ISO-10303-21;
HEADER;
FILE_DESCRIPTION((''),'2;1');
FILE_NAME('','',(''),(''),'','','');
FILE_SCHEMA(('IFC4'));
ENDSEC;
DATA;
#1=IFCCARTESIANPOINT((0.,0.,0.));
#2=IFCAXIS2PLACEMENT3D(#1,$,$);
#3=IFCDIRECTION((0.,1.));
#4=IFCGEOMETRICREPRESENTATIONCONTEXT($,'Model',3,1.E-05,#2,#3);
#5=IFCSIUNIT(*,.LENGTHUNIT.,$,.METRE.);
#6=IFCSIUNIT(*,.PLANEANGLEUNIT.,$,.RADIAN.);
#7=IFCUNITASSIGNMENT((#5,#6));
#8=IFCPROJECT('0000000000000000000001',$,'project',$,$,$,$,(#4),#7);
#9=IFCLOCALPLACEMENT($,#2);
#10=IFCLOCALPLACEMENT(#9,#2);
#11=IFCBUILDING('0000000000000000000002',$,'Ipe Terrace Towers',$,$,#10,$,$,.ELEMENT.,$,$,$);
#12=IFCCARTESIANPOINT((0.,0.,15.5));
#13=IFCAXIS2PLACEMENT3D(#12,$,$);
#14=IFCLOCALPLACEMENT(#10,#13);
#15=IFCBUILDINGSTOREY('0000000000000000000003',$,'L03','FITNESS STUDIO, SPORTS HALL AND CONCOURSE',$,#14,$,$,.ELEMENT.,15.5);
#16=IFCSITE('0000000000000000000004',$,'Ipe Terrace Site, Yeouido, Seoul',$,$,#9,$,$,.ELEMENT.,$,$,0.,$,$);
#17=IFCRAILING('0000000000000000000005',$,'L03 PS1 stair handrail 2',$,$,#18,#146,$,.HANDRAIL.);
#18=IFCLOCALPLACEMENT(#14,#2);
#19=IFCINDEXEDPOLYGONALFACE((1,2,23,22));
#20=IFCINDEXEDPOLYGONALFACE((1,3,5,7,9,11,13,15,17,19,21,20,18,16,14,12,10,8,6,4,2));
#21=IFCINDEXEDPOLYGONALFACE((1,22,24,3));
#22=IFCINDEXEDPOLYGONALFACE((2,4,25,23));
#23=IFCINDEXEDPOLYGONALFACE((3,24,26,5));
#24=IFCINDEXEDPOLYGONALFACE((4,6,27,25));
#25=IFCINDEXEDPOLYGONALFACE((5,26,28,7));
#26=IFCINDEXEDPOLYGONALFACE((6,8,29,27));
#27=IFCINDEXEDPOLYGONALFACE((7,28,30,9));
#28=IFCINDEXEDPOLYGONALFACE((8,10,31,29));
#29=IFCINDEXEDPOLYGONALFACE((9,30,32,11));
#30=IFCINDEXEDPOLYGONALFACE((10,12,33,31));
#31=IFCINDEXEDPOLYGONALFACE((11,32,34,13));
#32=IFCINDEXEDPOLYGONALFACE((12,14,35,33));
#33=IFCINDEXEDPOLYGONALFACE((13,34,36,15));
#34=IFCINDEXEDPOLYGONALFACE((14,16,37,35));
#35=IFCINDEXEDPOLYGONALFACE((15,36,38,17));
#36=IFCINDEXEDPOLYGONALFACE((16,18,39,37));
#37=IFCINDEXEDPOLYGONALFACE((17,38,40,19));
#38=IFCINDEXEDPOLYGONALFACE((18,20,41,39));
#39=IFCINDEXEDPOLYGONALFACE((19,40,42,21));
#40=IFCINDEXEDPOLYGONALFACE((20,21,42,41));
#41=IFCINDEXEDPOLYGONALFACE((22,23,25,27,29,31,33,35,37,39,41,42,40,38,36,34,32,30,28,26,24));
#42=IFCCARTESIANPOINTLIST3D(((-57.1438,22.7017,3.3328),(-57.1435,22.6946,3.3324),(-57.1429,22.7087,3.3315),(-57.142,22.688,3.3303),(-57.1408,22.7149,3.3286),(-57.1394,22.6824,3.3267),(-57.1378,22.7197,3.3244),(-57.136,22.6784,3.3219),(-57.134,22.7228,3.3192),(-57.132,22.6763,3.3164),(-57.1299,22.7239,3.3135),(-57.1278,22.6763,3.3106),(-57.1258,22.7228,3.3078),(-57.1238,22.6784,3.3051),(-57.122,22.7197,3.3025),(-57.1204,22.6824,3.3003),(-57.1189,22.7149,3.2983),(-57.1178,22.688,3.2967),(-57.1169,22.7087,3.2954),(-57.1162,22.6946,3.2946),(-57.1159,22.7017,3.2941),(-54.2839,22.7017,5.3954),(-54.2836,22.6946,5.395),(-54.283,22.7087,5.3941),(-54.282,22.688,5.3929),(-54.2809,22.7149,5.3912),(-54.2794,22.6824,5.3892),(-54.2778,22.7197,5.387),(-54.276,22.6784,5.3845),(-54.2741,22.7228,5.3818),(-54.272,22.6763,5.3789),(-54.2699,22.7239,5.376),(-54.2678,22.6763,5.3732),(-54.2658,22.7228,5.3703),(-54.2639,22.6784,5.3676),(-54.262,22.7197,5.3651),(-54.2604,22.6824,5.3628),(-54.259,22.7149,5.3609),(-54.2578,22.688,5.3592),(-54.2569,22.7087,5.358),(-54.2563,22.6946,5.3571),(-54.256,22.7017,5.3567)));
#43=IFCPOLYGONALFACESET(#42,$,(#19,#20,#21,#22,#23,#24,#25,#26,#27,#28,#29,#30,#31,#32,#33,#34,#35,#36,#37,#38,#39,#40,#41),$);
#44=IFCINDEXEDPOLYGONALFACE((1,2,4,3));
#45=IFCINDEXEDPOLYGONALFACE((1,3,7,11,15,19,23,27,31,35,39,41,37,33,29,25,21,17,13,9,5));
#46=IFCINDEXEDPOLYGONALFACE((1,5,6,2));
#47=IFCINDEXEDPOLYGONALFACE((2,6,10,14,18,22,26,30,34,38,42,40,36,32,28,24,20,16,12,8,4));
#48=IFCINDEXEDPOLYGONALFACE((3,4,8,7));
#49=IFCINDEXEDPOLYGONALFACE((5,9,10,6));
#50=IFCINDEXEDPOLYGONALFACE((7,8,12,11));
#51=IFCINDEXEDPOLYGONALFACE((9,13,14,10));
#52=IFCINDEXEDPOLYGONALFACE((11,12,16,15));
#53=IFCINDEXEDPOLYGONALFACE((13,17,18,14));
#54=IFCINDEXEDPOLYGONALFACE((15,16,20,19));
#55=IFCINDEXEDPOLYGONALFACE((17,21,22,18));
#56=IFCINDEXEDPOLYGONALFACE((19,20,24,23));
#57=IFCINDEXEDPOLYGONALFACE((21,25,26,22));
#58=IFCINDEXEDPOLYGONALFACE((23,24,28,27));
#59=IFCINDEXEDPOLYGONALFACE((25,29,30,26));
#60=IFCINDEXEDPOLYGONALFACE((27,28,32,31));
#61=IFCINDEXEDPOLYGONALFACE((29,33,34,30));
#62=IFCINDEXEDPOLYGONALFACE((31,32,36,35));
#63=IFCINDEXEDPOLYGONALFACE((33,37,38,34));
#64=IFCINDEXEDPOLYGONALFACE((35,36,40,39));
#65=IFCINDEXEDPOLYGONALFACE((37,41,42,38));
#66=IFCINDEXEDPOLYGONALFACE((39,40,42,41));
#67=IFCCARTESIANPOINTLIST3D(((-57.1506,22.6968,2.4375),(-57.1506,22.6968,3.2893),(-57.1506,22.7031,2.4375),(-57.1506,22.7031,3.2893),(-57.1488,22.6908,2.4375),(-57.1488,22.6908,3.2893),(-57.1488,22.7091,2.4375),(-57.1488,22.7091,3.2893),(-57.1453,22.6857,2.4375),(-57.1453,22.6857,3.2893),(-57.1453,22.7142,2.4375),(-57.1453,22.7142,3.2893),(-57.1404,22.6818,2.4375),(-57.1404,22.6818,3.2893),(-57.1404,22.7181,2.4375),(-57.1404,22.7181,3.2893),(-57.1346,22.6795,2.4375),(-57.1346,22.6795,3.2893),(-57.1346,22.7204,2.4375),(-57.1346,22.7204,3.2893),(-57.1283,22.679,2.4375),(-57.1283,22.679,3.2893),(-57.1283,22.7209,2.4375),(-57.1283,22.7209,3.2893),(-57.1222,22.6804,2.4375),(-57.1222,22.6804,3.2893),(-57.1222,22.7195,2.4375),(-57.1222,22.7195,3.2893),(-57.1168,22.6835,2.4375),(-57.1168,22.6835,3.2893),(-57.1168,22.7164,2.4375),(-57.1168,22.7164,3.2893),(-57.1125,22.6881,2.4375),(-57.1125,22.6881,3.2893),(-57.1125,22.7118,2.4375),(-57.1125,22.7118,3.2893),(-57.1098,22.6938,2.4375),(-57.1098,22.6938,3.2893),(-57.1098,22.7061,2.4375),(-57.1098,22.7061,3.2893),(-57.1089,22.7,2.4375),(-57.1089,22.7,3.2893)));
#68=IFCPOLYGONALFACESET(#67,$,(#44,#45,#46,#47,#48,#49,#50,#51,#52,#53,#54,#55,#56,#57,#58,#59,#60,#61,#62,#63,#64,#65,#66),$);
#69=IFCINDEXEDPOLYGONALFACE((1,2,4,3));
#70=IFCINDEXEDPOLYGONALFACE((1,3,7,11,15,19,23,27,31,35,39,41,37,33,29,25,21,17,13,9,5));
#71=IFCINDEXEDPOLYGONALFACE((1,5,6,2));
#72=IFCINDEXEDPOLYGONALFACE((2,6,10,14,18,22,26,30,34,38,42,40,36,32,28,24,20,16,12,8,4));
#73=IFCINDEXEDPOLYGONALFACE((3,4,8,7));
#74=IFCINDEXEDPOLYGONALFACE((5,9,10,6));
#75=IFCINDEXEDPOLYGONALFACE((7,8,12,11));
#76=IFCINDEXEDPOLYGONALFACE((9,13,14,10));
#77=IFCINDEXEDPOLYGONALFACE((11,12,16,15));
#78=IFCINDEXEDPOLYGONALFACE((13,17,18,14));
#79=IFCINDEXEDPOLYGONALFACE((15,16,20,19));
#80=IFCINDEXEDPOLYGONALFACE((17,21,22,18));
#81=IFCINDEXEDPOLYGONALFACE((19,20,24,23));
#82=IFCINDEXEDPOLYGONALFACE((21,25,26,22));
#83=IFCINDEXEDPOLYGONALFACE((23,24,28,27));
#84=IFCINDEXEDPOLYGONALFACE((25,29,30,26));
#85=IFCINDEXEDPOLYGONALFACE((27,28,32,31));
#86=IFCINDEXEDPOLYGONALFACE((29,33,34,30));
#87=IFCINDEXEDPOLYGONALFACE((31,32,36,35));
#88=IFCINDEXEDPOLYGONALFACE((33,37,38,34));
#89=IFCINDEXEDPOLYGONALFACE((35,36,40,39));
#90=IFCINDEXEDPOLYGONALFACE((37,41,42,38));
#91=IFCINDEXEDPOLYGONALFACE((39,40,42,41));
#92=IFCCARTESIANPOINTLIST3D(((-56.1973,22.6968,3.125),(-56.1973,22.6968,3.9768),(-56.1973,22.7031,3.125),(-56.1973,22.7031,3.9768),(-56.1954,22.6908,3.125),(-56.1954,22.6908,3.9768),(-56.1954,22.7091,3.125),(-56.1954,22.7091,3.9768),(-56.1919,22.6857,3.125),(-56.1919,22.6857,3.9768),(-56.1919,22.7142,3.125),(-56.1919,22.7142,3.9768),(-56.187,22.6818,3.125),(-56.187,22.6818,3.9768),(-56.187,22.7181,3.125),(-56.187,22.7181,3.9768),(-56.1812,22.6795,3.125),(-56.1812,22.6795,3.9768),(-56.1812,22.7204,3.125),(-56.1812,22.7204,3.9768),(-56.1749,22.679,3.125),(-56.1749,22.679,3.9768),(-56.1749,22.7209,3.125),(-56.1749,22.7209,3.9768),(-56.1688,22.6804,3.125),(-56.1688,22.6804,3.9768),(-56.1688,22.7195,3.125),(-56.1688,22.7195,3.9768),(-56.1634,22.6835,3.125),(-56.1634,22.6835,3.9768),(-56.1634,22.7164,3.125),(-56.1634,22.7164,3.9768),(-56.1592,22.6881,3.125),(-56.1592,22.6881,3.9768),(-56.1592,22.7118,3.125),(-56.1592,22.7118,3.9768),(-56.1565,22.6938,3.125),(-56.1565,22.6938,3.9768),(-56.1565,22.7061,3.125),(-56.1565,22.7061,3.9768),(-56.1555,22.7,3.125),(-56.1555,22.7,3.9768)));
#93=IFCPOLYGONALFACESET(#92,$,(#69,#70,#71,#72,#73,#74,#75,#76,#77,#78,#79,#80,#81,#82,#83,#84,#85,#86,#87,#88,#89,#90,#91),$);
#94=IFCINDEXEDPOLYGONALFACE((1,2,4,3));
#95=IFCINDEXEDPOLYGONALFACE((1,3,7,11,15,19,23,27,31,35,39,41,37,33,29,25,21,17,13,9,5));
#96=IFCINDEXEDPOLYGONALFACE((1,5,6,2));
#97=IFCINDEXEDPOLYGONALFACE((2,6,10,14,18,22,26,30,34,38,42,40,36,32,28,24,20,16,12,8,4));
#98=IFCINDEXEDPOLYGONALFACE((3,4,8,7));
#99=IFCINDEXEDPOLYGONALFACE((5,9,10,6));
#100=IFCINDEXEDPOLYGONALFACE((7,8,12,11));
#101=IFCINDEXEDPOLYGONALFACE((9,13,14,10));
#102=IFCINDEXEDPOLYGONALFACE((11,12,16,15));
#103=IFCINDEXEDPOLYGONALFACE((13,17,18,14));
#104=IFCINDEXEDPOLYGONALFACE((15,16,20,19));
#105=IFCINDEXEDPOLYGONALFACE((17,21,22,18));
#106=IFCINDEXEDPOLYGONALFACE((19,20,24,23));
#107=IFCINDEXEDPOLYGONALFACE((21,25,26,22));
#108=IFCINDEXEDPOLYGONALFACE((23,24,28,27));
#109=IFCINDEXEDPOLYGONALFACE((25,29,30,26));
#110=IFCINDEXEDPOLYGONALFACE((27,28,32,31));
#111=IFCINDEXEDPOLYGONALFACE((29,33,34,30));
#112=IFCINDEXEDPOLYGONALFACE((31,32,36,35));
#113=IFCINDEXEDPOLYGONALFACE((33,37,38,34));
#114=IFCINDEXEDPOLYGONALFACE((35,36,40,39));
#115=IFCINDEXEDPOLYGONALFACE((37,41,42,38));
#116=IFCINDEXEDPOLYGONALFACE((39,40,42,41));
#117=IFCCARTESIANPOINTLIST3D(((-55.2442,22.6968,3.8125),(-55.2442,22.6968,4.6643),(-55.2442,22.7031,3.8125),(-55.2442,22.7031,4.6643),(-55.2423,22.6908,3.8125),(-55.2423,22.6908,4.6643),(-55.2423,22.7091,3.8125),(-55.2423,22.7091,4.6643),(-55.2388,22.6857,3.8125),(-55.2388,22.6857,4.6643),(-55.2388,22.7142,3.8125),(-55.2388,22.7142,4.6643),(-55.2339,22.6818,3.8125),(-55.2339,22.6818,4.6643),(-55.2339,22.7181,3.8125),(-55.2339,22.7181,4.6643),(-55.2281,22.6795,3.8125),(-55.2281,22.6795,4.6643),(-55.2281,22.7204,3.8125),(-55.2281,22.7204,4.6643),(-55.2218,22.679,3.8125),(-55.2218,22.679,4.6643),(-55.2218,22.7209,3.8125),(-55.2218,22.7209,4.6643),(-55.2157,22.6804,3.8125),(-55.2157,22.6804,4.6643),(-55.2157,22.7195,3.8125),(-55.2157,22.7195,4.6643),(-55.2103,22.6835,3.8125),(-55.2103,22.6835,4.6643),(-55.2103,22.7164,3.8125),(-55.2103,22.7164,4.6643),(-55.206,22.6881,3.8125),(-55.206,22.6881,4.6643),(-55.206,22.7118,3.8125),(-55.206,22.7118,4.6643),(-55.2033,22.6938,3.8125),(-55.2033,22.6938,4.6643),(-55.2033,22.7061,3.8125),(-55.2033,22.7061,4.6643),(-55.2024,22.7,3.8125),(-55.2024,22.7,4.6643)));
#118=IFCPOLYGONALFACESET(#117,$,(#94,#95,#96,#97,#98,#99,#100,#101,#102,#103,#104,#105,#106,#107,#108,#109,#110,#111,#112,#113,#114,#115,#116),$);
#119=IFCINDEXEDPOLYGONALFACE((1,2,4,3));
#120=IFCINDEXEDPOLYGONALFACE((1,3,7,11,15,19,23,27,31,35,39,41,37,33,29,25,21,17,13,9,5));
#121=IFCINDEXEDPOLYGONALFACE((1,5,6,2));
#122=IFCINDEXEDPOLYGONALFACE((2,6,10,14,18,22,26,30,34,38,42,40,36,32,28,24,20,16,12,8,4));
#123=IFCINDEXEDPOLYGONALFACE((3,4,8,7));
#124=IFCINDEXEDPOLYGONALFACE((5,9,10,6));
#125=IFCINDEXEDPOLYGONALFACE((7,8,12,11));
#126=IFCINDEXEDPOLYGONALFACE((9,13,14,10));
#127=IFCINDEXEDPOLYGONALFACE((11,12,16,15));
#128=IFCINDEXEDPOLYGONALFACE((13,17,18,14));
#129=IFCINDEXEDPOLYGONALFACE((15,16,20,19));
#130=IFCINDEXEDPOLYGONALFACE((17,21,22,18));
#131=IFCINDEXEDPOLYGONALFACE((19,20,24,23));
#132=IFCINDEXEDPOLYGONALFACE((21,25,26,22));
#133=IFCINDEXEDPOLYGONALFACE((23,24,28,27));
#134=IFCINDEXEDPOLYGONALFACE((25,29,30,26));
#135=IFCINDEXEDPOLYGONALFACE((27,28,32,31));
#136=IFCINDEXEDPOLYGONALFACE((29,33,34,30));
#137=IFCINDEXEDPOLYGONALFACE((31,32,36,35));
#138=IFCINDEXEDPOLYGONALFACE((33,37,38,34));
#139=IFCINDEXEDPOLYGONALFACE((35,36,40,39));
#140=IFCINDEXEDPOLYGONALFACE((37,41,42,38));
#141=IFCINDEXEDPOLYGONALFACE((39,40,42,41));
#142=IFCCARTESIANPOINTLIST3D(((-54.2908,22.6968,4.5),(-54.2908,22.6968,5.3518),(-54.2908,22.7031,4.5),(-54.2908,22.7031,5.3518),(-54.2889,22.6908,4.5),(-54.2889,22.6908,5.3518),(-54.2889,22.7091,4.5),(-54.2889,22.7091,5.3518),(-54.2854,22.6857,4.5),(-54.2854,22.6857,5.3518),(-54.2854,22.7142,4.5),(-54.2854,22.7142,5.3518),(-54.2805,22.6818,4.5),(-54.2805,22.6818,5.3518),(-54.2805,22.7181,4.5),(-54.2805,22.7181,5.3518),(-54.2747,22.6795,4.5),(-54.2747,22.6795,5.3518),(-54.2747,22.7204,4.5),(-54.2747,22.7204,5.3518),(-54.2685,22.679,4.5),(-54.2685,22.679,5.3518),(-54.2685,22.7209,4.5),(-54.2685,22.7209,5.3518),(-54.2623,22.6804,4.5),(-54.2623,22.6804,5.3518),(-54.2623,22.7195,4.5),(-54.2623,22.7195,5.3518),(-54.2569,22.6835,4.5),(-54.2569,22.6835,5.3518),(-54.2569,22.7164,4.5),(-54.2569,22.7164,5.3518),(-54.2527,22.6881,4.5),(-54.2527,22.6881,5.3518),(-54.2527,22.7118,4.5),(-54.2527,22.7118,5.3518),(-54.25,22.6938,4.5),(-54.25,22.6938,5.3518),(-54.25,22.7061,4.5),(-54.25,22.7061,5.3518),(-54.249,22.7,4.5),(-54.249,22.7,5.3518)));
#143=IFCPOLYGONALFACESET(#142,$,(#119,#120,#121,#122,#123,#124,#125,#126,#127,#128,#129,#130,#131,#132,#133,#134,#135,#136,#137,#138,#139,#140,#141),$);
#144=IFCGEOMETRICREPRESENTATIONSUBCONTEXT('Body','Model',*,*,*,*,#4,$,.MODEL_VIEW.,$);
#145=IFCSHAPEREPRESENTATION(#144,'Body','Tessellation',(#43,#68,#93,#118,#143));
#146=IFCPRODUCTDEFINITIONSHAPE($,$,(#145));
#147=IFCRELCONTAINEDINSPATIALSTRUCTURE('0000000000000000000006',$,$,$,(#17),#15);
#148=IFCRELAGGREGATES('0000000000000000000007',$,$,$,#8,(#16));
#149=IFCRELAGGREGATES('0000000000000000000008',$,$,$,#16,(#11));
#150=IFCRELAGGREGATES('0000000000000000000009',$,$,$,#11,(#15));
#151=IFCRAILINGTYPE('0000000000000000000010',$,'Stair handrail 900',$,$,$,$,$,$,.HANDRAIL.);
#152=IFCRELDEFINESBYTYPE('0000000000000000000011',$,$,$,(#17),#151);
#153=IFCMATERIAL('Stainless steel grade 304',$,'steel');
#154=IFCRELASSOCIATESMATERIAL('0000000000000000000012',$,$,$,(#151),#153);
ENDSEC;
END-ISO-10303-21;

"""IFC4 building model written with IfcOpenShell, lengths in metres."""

from ifc_helpers import new_model, si_unit, direction, frame, origin, origin_2d, place, context, subcontext, project, spatial, circle, extrude, material, type_object, element, save


model = new_model("IFC4")

# Units and contexts
model_context = context("Model", 3, precision=1e-05, world=origin(), true_north=direction((0.0, 1.0)))
body_context = subcontext(model_context, "Body", "Model", "MODEL_VIEW")
ifc_project = project(units=[si_unit("LENGTHUNIT", "METRE"), si_unit("PLANEANGLEUNIT", "RADIAN")], contexts=[model_context])

# Site, building, storey
site_placement = place(None, origin())
site = spatial("IfcSite", under=ifc_project, at=site_placement, Name="Ipe Terrace Site, Yeouido, Seoul", CompositionType="ELEMENT", RefElevation=0.0)
building_placement = place(site_placement, origin())
building = spatial("IfcBuilding", under=site, at=building_placement, Name="Ipe Terrace Towers", CompositionType="ELEMENT")
storey_placement = place(building_placement, frame((0.0, 0.0, 15.5)))
storey = spatial("IfcBuildingStorey", under=building, at=storey_placement, Name="L03", Description="FITNESS STUDIO, SPORTS HALL AND CONCOURSE", CompositionType="ELEMENT", Elevation=15.5)

# Railing
ifc_material_1 = material(Name="Stainless steel grade 304", Category="steel")
railing_type_1 = type_object("IfcRailingType", Name="Stair handrail 900", PredefinedType="HANDRAIL", material=ifc_material_1)
railing_1_placement = place(storey_placement, frame((-57.1299, 22.7, 2.4375)))
element("IfcRailing", 1, at=railing_1_placement, inside=storey, type_object=railing_type_1, Name="L03 PS1 stair handrail 2", PredefinedType="HANDRAIL", context=body_context, shape_type="SweptSolid", body=[
    extrude(circle(Radius=0.0239, at=origin_2d()), frame((0.0, 0.0, 0.876), z_axis=(0.811077, 0.0, 0.584939), x_axis=(0.0, 1.0, 0.0)), (0.0, 0.0, 1.0), 3.5261),
    extrude(circle(Radius=0.021, at=origin_2d()), origin(), (0.0, 0.0, 1.0), 0.8518),
    extrude(circle(Radius=0.021, at=origin_2d()), frame((0.9534, 0.0, 0.6875)), (0.0, 0.0, 1.0), 0.8518),
    extrude(circle(Radius=0.021, at=origin_2d()), frame((1.9065, 0.0, 1.375)), (0.0, 0.0, 1.0), 0.8518),
    extrude(circle(Radius=0.021, at=origin_2d()), frame((2.8599, 0.0, 2.0625)), (0.0, 0.0, 1.0), 0.8518),
])

save(model, "model.ifc")
